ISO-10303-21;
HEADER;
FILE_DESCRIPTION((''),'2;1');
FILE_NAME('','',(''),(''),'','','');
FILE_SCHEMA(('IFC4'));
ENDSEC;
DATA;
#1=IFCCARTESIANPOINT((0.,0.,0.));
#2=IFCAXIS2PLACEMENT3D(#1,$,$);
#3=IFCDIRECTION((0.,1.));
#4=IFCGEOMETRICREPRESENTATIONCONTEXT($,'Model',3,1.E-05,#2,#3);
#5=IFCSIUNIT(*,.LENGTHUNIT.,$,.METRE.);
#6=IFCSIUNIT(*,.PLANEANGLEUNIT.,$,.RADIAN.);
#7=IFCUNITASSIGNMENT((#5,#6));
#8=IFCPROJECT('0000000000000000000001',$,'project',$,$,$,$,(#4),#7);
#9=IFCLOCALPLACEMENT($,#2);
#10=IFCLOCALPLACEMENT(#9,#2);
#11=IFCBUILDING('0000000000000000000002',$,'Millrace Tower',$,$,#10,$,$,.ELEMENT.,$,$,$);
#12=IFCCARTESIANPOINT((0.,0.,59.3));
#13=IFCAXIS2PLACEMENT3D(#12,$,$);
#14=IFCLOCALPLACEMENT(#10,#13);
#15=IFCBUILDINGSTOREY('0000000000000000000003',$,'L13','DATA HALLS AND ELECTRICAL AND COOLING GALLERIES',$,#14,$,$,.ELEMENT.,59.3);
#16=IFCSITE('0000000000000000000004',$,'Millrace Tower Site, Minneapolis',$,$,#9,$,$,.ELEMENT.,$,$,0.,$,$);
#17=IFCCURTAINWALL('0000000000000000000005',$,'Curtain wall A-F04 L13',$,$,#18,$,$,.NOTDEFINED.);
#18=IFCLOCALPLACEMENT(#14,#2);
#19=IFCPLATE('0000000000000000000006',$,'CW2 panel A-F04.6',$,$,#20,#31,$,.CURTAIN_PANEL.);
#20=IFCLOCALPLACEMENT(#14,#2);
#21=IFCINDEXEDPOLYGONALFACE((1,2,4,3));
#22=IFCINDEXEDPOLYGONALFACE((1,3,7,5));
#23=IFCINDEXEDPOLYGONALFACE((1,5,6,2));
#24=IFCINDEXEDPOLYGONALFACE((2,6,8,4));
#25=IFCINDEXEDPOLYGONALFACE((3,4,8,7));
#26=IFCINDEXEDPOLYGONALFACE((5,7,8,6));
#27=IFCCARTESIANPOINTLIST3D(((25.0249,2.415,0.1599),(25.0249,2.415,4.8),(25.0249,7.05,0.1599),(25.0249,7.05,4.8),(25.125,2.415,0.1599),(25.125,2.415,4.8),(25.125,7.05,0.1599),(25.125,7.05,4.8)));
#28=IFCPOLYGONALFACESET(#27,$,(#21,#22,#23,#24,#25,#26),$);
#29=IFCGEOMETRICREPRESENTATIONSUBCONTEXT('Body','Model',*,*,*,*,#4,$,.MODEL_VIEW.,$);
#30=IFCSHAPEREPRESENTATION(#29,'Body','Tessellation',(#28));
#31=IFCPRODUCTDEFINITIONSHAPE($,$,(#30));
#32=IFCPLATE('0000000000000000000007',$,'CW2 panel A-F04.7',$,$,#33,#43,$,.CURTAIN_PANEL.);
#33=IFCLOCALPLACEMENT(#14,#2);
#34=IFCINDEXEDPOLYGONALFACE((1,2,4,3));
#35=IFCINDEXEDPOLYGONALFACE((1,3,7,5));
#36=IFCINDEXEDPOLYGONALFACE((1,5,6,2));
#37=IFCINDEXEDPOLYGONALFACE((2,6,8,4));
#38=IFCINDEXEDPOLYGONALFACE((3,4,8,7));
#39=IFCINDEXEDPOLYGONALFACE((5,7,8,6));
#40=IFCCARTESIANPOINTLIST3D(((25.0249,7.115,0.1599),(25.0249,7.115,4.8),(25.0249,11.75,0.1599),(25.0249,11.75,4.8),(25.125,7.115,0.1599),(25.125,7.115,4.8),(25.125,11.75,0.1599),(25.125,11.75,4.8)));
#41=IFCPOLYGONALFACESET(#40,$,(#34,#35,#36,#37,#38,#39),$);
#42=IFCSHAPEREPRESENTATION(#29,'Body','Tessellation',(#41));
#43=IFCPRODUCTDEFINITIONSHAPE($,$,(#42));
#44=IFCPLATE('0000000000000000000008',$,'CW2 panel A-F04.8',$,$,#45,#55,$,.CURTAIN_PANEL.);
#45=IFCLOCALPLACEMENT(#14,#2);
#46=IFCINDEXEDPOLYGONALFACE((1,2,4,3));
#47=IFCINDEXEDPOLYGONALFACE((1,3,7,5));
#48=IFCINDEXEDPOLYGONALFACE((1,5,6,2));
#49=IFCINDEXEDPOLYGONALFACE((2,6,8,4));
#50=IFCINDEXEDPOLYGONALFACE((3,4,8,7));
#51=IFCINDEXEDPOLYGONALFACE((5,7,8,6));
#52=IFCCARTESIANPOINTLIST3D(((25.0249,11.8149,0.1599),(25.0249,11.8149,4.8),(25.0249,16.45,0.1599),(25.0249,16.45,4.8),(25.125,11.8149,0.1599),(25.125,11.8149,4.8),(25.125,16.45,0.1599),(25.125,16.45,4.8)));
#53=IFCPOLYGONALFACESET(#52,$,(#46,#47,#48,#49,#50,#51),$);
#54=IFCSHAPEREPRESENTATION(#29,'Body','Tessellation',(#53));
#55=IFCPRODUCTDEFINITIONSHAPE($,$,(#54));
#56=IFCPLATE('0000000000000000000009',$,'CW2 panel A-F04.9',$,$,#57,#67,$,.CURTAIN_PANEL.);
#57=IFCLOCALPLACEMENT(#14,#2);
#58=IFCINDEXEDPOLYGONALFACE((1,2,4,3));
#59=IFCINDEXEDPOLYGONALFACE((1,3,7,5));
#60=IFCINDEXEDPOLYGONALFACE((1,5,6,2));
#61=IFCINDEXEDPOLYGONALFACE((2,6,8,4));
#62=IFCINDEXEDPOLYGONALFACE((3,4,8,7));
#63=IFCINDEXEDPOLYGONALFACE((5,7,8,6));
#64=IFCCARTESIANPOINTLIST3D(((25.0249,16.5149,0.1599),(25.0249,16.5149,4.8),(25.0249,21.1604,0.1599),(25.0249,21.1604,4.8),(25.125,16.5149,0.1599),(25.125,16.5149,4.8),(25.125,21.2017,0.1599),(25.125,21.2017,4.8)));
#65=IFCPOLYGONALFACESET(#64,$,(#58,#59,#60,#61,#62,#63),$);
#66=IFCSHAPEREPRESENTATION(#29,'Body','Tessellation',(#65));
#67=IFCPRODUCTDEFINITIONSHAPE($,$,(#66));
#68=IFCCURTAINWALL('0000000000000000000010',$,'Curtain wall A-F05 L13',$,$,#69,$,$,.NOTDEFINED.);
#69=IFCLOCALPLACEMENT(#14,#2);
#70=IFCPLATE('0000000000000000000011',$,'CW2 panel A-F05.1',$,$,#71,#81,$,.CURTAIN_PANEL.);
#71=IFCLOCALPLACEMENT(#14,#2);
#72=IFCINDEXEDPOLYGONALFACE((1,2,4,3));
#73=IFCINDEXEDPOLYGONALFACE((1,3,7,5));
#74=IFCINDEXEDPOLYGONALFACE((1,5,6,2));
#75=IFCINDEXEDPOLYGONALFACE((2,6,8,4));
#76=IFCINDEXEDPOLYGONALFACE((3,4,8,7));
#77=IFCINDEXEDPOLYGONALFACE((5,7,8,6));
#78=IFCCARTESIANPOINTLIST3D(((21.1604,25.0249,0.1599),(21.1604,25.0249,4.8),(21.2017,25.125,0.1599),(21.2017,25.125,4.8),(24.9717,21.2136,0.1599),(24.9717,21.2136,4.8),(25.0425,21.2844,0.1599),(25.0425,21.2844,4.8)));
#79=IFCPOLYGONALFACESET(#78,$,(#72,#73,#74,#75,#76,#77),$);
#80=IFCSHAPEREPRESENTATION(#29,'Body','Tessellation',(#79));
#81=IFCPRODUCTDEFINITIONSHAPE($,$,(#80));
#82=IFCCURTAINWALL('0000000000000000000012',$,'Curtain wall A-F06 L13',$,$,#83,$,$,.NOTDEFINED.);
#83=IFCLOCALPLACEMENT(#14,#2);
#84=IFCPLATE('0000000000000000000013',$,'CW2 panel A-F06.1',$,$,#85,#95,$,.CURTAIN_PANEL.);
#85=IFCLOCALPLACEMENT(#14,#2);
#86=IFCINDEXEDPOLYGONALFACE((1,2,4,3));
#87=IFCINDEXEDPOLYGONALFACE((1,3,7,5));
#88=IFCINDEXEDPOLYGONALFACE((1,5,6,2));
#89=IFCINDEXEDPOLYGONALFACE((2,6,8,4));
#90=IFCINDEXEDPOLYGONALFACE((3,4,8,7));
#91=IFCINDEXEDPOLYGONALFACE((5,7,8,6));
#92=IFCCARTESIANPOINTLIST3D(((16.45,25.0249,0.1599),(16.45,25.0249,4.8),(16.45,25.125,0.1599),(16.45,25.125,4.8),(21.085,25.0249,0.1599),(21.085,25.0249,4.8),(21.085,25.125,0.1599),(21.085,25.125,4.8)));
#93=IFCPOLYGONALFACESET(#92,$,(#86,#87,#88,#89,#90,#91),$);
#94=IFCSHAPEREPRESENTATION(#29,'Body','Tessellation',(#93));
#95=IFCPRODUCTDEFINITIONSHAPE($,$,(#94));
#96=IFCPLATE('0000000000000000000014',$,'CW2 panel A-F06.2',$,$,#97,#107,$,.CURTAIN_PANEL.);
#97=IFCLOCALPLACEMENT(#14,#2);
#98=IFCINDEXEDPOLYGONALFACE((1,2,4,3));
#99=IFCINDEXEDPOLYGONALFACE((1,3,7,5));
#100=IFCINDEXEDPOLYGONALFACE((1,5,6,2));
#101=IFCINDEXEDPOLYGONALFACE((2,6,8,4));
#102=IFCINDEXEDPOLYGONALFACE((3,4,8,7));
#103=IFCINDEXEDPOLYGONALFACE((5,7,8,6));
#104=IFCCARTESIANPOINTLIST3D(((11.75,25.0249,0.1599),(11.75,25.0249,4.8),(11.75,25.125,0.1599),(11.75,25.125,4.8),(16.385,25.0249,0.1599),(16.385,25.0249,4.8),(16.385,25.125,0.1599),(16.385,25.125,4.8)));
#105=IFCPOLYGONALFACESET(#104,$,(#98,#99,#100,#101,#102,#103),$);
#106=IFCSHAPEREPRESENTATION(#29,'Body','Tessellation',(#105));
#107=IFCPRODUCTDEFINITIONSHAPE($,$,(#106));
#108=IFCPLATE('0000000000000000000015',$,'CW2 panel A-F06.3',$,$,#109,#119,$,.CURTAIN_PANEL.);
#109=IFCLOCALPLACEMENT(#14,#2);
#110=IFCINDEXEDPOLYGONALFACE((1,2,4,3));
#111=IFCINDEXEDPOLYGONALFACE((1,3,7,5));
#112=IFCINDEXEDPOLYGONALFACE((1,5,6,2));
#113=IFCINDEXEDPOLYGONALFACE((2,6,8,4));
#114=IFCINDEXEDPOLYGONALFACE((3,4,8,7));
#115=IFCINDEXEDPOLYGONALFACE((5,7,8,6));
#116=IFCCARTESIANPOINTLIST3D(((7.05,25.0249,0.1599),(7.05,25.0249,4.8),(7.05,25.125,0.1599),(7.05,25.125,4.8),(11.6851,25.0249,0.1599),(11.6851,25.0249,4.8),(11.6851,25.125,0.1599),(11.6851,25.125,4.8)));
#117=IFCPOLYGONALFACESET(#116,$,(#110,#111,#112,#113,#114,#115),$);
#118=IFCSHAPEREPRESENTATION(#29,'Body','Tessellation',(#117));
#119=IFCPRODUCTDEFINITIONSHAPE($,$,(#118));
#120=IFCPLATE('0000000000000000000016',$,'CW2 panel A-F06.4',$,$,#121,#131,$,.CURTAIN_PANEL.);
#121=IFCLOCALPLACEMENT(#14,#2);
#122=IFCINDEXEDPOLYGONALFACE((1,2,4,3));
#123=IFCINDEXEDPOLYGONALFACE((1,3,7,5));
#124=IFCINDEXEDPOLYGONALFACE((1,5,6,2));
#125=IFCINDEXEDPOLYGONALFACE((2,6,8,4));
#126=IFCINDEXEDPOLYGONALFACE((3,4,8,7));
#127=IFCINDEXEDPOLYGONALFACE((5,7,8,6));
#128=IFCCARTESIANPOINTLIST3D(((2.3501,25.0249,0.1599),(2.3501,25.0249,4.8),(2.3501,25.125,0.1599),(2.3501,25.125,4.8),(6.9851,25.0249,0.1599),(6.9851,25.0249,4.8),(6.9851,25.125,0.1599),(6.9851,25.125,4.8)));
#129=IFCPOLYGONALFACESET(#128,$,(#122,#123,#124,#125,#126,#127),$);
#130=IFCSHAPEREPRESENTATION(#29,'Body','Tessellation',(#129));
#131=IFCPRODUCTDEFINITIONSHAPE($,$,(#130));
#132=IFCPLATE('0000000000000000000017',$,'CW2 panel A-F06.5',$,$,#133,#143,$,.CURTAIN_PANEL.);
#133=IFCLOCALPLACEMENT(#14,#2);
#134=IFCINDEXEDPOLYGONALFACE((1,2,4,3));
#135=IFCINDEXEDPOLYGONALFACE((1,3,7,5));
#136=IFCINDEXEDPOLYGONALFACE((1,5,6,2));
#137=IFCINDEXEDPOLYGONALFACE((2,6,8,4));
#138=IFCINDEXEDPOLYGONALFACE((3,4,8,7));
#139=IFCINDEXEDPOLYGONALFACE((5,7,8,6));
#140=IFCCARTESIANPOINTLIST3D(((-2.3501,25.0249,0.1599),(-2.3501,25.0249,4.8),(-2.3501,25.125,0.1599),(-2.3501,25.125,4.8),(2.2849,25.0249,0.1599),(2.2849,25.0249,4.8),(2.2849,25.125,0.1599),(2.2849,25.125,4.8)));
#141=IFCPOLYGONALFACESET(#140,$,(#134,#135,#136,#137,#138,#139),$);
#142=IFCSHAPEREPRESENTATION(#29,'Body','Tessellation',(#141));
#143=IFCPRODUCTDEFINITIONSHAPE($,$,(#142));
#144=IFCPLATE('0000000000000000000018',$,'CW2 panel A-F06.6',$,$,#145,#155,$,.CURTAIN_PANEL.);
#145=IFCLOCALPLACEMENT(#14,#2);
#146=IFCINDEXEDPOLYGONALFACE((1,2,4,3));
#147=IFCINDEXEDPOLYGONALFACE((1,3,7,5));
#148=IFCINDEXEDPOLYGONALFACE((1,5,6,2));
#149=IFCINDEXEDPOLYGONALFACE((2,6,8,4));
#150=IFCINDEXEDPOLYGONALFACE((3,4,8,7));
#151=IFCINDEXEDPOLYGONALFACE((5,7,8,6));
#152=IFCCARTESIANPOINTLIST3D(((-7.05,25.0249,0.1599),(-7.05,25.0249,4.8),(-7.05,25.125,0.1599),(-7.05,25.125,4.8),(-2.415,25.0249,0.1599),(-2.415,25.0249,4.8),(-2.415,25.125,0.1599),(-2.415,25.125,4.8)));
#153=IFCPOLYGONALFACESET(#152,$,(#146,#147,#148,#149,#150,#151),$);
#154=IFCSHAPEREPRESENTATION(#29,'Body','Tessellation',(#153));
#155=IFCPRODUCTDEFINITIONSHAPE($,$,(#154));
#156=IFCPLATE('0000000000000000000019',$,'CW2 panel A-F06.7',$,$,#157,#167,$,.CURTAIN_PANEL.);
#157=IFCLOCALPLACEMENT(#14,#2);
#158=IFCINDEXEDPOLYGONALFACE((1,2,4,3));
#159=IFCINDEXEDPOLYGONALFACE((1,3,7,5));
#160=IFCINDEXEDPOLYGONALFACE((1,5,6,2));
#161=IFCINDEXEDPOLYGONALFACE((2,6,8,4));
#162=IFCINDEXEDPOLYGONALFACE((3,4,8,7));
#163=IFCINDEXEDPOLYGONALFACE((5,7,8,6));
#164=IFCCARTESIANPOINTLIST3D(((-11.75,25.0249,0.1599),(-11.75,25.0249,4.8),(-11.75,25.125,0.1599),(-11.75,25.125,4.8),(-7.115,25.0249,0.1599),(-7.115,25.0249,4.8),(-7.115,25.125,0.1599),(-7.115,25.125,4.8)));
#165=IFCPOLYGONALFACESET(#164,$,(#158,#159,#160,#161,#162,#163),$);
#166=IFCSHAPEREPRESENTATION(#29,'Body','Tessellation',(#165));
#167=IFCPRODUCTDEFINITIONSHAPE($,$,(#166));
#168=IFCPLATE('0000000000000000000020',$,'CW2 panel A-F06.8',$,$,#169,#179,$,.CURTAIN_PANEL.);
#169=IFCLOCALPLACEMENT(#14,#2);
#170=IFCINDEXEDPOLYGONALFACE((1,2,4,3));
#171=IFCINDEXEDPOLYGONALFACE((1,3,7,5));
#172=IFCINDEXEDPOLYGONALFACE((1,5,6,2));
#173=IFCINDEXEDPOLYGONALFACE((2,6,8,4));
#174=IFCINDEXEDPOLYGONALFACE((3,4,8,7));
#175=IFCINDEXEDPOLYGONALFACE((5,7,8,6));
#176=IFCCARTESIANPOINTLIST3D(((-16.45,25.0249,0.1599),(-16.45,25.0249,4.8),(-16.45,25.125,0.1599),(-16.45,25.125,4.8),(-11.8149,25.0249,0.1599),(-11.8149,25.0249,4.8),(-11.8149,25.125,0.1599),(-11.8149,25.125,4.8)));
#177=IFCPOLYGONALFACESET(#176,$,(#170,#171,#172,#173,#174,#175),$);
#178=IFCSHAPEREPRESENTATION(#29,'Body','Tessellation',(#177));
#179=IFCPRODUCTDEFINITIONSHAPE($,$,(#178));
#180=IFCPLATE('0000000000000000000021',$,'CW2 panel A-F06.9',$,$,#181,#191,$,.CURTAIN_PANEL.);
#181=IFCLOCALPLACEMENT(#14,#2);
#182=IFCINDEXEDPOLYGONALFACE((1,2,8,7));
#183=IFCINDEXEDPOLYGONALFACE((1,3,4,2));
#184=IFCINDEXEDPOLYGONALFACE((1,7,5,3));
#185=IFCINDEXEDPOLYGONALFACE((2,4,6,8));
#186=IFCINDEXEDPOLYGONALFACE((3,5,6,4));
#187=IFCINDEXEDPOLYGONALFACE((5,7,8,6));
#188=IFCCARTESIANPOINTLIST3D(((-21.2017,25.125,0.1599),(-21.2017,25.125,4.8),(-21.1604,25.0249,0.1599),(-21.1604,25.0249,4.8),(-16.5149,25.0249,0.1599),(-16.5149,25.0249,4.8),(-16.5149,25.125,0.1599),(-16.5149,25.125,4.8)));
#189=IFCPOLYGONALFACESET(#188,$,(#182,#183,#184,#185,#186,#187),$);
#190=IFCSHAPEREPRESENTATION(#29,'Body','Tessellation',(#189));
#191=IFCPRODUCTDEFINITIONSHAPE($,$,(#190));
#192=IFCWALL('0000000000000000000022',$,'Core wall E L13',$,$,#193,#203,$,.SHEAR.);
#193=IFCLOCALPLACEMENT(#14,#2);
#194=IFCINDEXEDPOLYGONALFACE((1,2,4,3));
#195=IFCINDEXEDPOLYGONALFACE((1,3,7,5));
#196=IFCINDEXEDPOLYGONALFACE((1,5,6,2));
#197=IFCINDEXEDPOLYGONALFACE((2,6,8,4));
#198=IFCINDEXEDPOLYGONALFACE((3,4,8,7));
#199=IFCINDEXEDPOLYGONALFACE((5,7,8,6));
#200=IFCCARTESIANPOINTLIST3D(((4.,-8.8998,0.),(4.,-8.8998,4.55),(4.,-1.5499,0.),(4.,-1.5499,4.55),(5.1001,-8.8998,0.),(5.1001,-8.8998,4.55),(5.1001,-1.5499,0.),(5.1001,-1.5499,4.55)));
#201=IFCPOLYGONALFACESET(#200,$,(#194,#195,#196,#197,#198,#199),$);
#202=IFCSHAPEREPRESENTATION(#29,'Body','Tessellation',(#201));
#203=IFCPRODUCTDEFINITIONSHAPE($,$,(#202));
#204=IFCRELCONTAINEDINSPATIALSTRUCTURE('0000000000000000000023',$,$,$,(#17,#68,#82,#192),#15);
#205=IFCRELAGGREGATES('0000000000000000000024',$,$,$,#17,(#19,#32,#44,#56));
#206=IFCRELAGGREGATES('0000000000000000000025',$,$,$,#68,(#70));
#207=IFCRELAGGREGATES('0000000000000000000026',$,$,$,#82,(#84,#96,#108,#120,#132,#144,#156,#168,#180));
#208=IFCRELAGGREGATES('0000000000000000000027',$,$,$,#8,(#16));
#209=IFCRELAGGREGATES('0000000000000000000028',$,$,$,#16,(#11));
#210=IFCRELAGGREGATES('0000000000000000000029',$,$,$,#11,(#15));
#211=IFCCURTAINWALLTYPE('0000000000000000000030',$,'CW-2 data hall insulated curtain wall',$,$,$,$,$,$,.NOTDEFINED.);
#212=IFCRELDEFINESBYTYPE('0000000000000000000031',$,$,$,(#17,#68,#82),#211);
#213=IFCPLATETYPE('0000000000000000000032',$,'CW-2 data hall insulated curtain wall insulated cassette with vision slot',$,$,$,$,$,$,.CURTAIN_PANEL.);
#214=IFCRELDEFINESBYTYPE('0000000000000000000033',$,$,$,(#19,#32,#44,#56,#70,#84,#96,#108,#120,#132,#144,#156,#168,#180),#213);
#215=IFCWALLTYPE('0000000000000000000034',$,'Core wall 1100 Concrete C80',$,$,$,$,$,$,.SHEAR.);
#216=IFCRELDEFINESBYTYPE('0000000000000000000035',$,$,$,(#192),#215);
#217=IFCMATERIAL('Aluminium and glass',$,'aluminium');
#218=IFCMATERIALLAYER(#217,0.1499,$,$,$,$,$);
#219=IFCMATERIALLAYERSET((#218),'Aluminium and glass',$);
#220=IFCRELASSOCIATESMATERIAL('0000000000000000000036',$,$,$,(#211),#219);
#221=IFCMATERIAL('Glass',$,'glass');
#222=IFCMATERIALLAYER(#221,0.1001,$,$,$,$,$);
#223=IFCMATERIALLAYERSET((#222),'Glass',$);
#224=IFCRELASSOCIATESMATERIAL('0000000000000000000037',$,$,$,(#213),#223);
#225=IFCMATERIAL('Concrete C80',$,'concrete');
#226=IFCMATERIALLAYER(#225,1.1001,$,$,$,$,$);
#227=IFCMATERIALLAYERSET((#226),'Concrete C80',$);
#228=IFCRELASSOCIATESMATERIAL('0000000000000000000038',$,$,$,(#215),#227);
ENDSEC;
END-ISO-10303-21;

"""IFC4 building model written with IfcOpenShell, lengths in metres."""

from ifc_helpers import new_model, si_unit, direction, frame, frame_2d, origin, place, context, subcontext, project, spatial, polyline, rectangle, outline, extrude, material, layer, layer_set, type_object, element, aggregate, save


model = new_model("IFC4")

# Units and contexts
model_context = context("Model", 3, precision=1e-05, world=origin(), true_north=direction((0.0, 1.0)))
body_context = subcontext(model_context, "Body", "Model", "MODEL_VIEW")
ifc_project = project(units=[si_unit("LENGTHUNIT", "METRE"), si_unit("PLANEANGLEUNIT", "RADIAN")], contexts=[model_context])

# Site, building, storey
site_placement = place(None, origin())
site = spatial("IfcSite", under=ifc_project, at=site_placement, Name="Millrace Tower Site, Minneapolis", CompositionType="ELEMENT", RefElevation=0.0)
building_placement = place(site_placement, origin())
building = spatial("IfcBuilding", under=site, at=building_placement, Name="Millrace Tower", CompositionType="ELEMENT")
storey_placement = place(building_placement, frame((0.0, 0.0, 59.3)))
storey = spatial("IfcBuildingStorey", under=building, at=storey_placement, Name="L13", Description="DATA HALLS AND ELECTRICAL AND COOLING GALLERIES", CompositionType="ELEMENT", Elevation=59.3)

# Curtain wall, plates
ifc_material_1 = material(Name="Aluminium and glass", Category="aluminium")
ifc_layer_1 = layer(ifc_material_1, 0.1499)
ifc_layer_set_1 = layer_set([ifc_layer_1], Name="Aluminium and glass")
curtain_wall_type = type_object("IfcCurtainWallType", Name="CW-2 data hall insulated curtain wall", PredefinedType="NOTDEFINED", material=ifc_layer_set_1)
placement_1 = place(storey_placement, origin())
curtain_wall_1 = element("IfcCurtainWall", 1, at=placement_1, inside=storey, type_object=curtain_wall_type, Name="Curtain wall A-F04 L13", PredefinedType="NOTDEFINED")
ifc_material_2 = material(Name="Glass", Category="glass")
ifc_layer_2 = layer(ifc_material_2, 0.1001)
ifc_layer_set_2 = layer_set([ifc_layer_2], Name="Glass")
plate_type = type_object("IfcPlateType", Name="CW-2 data hall insulated curtain wall insulated cassette with vision slot", PredefinedType="CURTAIN_PANEL", material=ifc_layer_set_2)
placement_2 = place(storey_placement, frame((0.0, 0.0, 0.1599)))
plate_1 = element("IfcPlate", 2, at=placement_2, type_object=plate_type, Name="CW2 panel A-F04.6", PredefinedType="CURTAIN_PANEL", context=body_context, shape_type="SweptSolid", body=[
    extrude(outline(polyline([(25.125, 2.415), (25.125, 7.05), (25.0249, 7.05), (25.0249, 2.415), (25.125, 2.415)])), origin(), (0.0, 0.0, 1.0), 4.6401),
])
plate_2 = element("IfcPlate", 3, at=placement_2, type_object=plate_type, Name="CW2 panel A-F04.7", PredefinedType="CURTAIN_PANEL", context=body_context, shape_type="SweptSolid", body=[
    extrude(outline(polyline([(25.125, 7.115), (25.125, 11.75), (25.0249, 11.75), (25.0249, 7.115), (25.125, 7.115)])), origin(), (0.0, 0.0, 1.0), 4.6401),
])
plate_3 = element("IfcPlate", 4, at=placement_2, type_object=plate_type, Name="CW2 panel A-F04.8", PredefinedType="CURTAIN_PANEL", context=body_context, shape_type="SweptSolid", body=[
    extrude(outline(polyline([(25.125, 11.8149), (25.125, 16.45), (25.0249, 16.45), (25.0249, 11.8149), (25.125, 11.8149)])), origin(), (0.0, 0.0, 1.0), 4.6401),
])
plate_4 = element("IfcPlate", 5, at=placement_2, type_object=plate_type, Name="CW2 panel A-F04.9", PredefinedType="CURTAIN_PANEL", context=body_context, shape_type="SweptSolid", body=[
    extrude(outline(polyline([(25.125, 16.5149), (25.125, 21.2017), (25.0249, 21.1604), (25.0249, 16.5149), (25.125, 16.5149)])), origin(), (0.0, 0.0, 1.0), 4.6401),
])
aggregate(curtain_wall_1, [plate_1, plate_2, plate_3, plate_4])

# Curtain wall, plate
curtain_wall_2 = element("IfcCurtainWall", 6, at=placement_1, inside=storey, type_object=curtain_wall_type, Name="Curtain wall A-F05 L13", PredefinedType="NOTDEFINED")
plate_5 = element("IfcPlate", 7, at=placement_2, type_object=plate_type, Name="CW2 panel A-F05.1", PredefinedType="CURTAIN_PANEL", context=body_context, shape_type="SweptSolid", body=[
    extrude(outline(polyline([(25.0425, 21.2844), (21.2017, 25.125), (21.1604, 25.0249), (24.9717, 21.2136), (25.0425, 21.2844)])), origin(), (0.0, 0.0, 1.0), 4.6401),
])
aggregate(curtain_wall_2, [plate_5])

# Curtain wall, plates
curtain_wall_3 = element("IfcCurtainWall", 8, at=placement_1, inside=storey, type_object=curtain_wall_type, Name="Curtain wall A-F06 L13", PredefinedType="NOTDEFINED")
plate_6 = element("IfcPlate", 9, at=placement_2, type_object=plate_type, Name="CW2 panel A-F06.1", PredefinedType="CURTAIN_PANEL", context=body_context, shape_type="SweptSolid", body=[
    extrude(outline(polyline([(21.085, 25.125), (16.45, 25.125), (16.45, 25.0249), (21.085, 25.0249), (21.085, 25.125)])), origin(), (0.0, 0.0, 1.0), 4.6401),
])
plate_7 = element("IfcPlate", 10, at=placement_2, type_object=plate_type, Name="CW2 panel A-F06.2", PredefinedType="CURTAIN_PANEL", context=body_context, shape_type="SweptSolid", body=[
    extrude(outline(polyline([(16.385, 25.125), (11.75, 25.125), (11.75, 25.0249), (16.385, 25.0249), (16.385, 25.125)])), origin(), (0.0, 0.0, 1.0), 4.6401),
])
plate_8 = element("IfcPlate", 11, at=placement_2, type_object=plate_type, Name="CW2 panel A-F06.3", PredefinedType="CURTAIN_PANEL", context=body_context, shape_type="SweptSolid", body=[
    extrude(outline(polyline([(11.6851, 25.125), (7.05, 25.125), (7.05, 25.0249), (11.6851, 25.0249), (11.6851, 25.125)])), origin(), (0.0, 0.0, 1.0), 4.6401),
])
plate_9 = element("IfcPlate", 12, at=placement_2, type_object=plate_type, Name="CW2 panel A-F06.4", PredefinedType="CURTAIN_PANEL", context=body_context, shape_type="SweptSolid", body=[
    extrude(outline(polyline([(6.9851, 25.125), (2.3501, 25.125), (2.3501, 25.0249), (6.9851, 25.0249), (6.9851, 25.125)])), origin(), (0.0, 0.0, 1.0), 4.6401),
])
plate_10 = element("IfcPlate", 13, at=placement_2, type_object=plate_type, Name="CW2 panel A-F06.5", PredefinedType="CURTAIN_PANEL", context=body_context, shape_type="SweptSolid", body=[
    extrude(outline(polyline([(2.2849, 25.125), (-2.3501, 25.125), (-2.3501, 25.0249), (2.2849, 25.0249), (2.2849, 25.125)])), origin(), (0.0, 0.0, 1.0), 4.6401),
])
plate_11 = element("IfcPlate", 14, at=placement_2, type_object=plate_type, Name="CW2 panel A-F06.6", PredefinedType="CURTAIN_PANEL", context=body_context, shape_type="SweptSolid", body=[
    extrude(outline(polyline([(-2.415, 25.125), (-7.05, 25.125), (-7.05, 25.0249), (-2.415, 25.0249), (-2.415, 25.125)])), origin(), (0.0, 0.0, 1.0), 4.6401),
])
plate_12 = element("IfcPlate", 15, at=placement_2, type_object=plate_type, Name="CW2 panel A-F06.7", PredefinedType="CURTAIN_PANEL", context=body_context, shape_type="SweptSolid", body=[
    extrude(outline(polyline([(-7.115, 25.125), (-11.75, 25.125), (-11.75, 25.0249), (-7.115, 25.0249), (-7.115, 25.125)])), origin(), (0.0, 0.0, 1.0), 4.6401),
])
plate_13 = element("IfcPlate", 16, at=placement_2, type_object=plate_type, Name="CW2 panel A-F06.8", PredefinedType="CURTAIN_PANEL", context=body_context, shape_type="SweptSolid", body=[
    extrude(outline(polyline([(-11.8149, 25.125), (-16.45, 25.125), (-16.45, 25.0249), (-11.8149, 25.0249), (-11.8149, 25.125)])), origin(), (0.0, 0.0, 1.0), 4.6401),
])
plate_14 = element("IfcPlate", 17, at=placement_2, type_object=plate_type, Name="CW2 panel A-F06.9", PredefinedType="CURTAIN_PANEL", context=body_context, shape_type="SweptSolid", body=[
    extrude(outline(polyline([(-16.5149, 25.125), (-21.2017, 25.125), (-21.1604, 25.0249), (-16.5149, 25.0249), (-16.5149, 25.125)])), origin(), (0.0, 0.0, 1.0), 4.6401),
])
aggregate(curtain_wall_3, [plate_6, plate_7, plate_8, plate_9, plate_10, plate_11, plate_12, plate_13, plate_14])

# Wall
ifc_material_3 = material(Name="Concrete C80", Category="concrete")
ifc_layer_3 = layer(ifc_material_3, 1.1001)
ifc_layer_set_3 = layer_set([ifc_layer_3], Name="Concrete C80")
wall_type_1 = type_object("IfcWallType", Name="Core wall 1100 Concrete C80", PredefinedType="SHEAR", material=ifc_layer_set_3)
wall_1_placement = place(storey_placement, frame((4.55, -1.55, 0.0), z_axis=(0.0, 0.0, 1.0), x_axis=(0.0, -1.0, 0.0)))
element("IfcWall", 18, at=wall_1_placement, inside=storey, type_object=wall_type_1, Name="Core wall E L13", PredefinedType="SHEAR", context=body_context, shape_type="SweptSolid", body=[
    extrude(rectangle(XDim=7.3499, YDim=1.1001, at=frame_2d((3.6748, 0.0))), origin(), (0.0, 0.0, 1.0), 4.55),
])

save(model, "model.ifc")
